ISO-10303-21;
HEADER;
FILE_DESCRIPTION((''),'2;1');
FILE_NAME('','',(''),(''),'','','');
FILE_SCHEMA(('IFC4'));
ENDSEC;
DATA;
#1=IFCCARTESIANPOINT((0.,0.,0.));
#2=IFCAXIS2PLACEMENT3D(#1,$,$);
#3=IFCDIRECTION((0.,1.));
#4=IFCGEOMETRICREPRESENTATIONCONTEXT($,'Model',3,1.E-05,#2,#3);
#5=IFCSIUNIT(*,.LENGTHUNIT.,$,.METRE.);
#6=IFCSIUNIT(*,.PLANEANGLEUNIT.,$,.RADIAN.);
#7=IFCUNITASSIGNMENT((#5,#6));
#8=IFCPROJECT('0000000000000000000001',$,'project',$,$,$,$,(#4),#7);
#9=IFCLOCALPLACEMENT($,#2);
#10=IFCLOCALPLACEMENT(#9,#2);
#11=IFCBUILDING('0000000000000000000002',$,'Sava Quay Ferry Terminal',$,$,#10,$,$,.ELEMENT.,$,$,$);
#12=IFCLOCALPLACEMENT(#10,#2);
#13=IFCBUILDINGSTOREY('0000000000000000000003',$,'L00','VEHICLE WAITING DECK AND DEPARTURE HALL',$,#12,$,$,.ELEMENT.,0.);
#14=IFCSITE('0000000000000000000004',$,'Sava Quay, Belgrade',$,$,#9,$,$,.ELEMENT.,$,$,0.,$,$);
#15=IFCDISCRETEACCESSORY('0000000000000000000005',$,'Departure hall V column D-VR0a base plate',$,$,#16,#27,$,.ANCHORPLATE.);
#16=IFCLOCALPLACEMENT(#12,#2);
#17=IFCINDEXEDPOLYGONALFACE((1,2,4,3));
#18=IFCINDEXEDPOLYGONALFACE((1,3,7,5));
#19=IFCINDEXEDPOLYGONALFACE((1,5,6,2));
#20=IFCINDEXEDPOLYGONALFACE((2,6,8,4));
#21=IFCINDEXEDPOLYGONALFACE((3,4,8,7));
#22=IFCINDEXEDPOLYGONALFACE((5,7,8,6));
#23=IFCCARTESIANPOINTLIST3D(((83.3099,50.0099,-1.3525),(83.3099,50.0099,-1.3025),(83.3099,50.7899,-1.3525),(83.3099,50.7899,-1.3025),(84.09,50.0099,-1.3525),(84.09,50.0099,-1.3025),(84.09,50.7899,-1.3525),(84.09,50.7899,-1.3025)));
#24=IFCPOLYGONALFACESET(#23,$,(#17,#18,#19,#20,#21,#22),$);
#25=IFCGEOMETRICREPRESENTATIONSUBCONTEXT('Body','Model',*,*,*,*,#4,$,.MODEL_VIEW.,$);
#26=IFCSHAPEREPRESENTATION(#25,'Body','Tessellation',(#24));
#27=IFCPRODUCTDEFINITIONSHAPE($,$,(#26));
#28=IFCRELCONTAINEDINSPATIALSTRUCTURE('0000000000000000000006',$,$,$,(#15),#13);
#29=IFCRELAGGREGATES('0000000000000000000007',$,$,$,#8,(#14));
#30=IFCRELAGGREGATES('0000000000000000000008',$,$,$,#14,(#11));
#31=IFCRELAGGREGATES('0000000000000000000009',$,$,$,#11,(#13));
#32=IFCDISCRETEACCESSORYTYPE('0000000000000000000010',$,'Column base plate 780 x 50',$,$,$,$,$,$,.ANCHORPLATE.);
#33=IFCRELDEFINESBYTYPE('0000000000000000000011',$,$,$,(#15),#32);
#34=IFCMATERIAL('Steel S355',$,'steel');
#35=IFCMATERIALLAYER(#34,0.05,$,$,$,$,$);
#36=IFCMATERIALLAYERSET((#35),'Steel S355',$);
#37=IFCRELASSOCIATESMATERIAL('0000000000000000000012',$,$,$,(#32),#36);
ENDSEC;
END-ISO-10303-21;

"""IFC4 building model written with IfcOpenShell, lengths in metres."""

from ifc_helpers import new_model, si_unit, direction, frame, origin, origin_2d, place, context, subcontext, project, spatial, rectangle, extrude, material, layer, layer_set, type_object, element, save


model = new_model("IFC4")

# Units and contexts
model_context = context("Model", 3, precision=1e-05, world=origin(), true_north=direction((0.0, 1.0)))
body_context = subcontext(model_context, "Body", "Model", "MODEL_VIEW")
ifc_project = project(units=[si_unit("LENGTHUNIT", "METRE"), si_unit("PLANEANGLEUNIT", "RADIAN")], contexts=[model_context])

# Site, building, storey
site_placement = place(None, origin())
site = spatial("IfcSite", under=ifc_project, at=site_placement, Name="Sava Quay, Belgrade", CompositionType="ELEMENT", RefElevation=0.0)
building_placement = place(site_placement, origin())
building = spatial("IfcBuilding", under=site, at=building_placement, Name="Sava Quay Ferry Terminal", CompositionType="ELEMENT")
storey_placement = place(building_placement, origin())
storey = spatial("IfcBuildingStorey", under=building, at=storey_placement, Name="L00", Description="VEHICLE WAITING DECK AND DEPARTURE HALL", CompositionType="ELEMENT", Elevation=0.0)

# Discrete accessory
ifc_material_1 = material(Name="Steel S355", Category="steel")
ifc_layer_1 = layer(ifc_material_1, 0.05)
ifc_layer_set_1 = layer_set([ifc_layer_1], Name="Steel S355")
discrete_accessory_type = type_object("IfcDiscreteAccessoryType", Name="Column base plate 780 x 50", PredefinedType="ANCHORPLATE", material=ifc_layer_set_1)
discrete_accessory_placement = place(storey_placement, frame((83.7, 50.3999, -1.3525), z_axis=(0.0, 0.0, 1.0), x_axis=(1.0, 0.0, 0.0)))
element("IfcDiscreteAccessory", 1, at=discrete_accessory_placement, inside=storey, type_object=discrete_accessory_type, Name="Departure hall V column D-VR0a base plate", PredefinedType="ANCHORPLATE", context=body_context, shape_type="SweptSolid", body=[
    extrude(rectangle(XDim=0.78, YDim=0.78, at=origin_2d()), origin(), (0.0, 0.0, 1.0), 0.05),
])

save(model, "model.ifc")
